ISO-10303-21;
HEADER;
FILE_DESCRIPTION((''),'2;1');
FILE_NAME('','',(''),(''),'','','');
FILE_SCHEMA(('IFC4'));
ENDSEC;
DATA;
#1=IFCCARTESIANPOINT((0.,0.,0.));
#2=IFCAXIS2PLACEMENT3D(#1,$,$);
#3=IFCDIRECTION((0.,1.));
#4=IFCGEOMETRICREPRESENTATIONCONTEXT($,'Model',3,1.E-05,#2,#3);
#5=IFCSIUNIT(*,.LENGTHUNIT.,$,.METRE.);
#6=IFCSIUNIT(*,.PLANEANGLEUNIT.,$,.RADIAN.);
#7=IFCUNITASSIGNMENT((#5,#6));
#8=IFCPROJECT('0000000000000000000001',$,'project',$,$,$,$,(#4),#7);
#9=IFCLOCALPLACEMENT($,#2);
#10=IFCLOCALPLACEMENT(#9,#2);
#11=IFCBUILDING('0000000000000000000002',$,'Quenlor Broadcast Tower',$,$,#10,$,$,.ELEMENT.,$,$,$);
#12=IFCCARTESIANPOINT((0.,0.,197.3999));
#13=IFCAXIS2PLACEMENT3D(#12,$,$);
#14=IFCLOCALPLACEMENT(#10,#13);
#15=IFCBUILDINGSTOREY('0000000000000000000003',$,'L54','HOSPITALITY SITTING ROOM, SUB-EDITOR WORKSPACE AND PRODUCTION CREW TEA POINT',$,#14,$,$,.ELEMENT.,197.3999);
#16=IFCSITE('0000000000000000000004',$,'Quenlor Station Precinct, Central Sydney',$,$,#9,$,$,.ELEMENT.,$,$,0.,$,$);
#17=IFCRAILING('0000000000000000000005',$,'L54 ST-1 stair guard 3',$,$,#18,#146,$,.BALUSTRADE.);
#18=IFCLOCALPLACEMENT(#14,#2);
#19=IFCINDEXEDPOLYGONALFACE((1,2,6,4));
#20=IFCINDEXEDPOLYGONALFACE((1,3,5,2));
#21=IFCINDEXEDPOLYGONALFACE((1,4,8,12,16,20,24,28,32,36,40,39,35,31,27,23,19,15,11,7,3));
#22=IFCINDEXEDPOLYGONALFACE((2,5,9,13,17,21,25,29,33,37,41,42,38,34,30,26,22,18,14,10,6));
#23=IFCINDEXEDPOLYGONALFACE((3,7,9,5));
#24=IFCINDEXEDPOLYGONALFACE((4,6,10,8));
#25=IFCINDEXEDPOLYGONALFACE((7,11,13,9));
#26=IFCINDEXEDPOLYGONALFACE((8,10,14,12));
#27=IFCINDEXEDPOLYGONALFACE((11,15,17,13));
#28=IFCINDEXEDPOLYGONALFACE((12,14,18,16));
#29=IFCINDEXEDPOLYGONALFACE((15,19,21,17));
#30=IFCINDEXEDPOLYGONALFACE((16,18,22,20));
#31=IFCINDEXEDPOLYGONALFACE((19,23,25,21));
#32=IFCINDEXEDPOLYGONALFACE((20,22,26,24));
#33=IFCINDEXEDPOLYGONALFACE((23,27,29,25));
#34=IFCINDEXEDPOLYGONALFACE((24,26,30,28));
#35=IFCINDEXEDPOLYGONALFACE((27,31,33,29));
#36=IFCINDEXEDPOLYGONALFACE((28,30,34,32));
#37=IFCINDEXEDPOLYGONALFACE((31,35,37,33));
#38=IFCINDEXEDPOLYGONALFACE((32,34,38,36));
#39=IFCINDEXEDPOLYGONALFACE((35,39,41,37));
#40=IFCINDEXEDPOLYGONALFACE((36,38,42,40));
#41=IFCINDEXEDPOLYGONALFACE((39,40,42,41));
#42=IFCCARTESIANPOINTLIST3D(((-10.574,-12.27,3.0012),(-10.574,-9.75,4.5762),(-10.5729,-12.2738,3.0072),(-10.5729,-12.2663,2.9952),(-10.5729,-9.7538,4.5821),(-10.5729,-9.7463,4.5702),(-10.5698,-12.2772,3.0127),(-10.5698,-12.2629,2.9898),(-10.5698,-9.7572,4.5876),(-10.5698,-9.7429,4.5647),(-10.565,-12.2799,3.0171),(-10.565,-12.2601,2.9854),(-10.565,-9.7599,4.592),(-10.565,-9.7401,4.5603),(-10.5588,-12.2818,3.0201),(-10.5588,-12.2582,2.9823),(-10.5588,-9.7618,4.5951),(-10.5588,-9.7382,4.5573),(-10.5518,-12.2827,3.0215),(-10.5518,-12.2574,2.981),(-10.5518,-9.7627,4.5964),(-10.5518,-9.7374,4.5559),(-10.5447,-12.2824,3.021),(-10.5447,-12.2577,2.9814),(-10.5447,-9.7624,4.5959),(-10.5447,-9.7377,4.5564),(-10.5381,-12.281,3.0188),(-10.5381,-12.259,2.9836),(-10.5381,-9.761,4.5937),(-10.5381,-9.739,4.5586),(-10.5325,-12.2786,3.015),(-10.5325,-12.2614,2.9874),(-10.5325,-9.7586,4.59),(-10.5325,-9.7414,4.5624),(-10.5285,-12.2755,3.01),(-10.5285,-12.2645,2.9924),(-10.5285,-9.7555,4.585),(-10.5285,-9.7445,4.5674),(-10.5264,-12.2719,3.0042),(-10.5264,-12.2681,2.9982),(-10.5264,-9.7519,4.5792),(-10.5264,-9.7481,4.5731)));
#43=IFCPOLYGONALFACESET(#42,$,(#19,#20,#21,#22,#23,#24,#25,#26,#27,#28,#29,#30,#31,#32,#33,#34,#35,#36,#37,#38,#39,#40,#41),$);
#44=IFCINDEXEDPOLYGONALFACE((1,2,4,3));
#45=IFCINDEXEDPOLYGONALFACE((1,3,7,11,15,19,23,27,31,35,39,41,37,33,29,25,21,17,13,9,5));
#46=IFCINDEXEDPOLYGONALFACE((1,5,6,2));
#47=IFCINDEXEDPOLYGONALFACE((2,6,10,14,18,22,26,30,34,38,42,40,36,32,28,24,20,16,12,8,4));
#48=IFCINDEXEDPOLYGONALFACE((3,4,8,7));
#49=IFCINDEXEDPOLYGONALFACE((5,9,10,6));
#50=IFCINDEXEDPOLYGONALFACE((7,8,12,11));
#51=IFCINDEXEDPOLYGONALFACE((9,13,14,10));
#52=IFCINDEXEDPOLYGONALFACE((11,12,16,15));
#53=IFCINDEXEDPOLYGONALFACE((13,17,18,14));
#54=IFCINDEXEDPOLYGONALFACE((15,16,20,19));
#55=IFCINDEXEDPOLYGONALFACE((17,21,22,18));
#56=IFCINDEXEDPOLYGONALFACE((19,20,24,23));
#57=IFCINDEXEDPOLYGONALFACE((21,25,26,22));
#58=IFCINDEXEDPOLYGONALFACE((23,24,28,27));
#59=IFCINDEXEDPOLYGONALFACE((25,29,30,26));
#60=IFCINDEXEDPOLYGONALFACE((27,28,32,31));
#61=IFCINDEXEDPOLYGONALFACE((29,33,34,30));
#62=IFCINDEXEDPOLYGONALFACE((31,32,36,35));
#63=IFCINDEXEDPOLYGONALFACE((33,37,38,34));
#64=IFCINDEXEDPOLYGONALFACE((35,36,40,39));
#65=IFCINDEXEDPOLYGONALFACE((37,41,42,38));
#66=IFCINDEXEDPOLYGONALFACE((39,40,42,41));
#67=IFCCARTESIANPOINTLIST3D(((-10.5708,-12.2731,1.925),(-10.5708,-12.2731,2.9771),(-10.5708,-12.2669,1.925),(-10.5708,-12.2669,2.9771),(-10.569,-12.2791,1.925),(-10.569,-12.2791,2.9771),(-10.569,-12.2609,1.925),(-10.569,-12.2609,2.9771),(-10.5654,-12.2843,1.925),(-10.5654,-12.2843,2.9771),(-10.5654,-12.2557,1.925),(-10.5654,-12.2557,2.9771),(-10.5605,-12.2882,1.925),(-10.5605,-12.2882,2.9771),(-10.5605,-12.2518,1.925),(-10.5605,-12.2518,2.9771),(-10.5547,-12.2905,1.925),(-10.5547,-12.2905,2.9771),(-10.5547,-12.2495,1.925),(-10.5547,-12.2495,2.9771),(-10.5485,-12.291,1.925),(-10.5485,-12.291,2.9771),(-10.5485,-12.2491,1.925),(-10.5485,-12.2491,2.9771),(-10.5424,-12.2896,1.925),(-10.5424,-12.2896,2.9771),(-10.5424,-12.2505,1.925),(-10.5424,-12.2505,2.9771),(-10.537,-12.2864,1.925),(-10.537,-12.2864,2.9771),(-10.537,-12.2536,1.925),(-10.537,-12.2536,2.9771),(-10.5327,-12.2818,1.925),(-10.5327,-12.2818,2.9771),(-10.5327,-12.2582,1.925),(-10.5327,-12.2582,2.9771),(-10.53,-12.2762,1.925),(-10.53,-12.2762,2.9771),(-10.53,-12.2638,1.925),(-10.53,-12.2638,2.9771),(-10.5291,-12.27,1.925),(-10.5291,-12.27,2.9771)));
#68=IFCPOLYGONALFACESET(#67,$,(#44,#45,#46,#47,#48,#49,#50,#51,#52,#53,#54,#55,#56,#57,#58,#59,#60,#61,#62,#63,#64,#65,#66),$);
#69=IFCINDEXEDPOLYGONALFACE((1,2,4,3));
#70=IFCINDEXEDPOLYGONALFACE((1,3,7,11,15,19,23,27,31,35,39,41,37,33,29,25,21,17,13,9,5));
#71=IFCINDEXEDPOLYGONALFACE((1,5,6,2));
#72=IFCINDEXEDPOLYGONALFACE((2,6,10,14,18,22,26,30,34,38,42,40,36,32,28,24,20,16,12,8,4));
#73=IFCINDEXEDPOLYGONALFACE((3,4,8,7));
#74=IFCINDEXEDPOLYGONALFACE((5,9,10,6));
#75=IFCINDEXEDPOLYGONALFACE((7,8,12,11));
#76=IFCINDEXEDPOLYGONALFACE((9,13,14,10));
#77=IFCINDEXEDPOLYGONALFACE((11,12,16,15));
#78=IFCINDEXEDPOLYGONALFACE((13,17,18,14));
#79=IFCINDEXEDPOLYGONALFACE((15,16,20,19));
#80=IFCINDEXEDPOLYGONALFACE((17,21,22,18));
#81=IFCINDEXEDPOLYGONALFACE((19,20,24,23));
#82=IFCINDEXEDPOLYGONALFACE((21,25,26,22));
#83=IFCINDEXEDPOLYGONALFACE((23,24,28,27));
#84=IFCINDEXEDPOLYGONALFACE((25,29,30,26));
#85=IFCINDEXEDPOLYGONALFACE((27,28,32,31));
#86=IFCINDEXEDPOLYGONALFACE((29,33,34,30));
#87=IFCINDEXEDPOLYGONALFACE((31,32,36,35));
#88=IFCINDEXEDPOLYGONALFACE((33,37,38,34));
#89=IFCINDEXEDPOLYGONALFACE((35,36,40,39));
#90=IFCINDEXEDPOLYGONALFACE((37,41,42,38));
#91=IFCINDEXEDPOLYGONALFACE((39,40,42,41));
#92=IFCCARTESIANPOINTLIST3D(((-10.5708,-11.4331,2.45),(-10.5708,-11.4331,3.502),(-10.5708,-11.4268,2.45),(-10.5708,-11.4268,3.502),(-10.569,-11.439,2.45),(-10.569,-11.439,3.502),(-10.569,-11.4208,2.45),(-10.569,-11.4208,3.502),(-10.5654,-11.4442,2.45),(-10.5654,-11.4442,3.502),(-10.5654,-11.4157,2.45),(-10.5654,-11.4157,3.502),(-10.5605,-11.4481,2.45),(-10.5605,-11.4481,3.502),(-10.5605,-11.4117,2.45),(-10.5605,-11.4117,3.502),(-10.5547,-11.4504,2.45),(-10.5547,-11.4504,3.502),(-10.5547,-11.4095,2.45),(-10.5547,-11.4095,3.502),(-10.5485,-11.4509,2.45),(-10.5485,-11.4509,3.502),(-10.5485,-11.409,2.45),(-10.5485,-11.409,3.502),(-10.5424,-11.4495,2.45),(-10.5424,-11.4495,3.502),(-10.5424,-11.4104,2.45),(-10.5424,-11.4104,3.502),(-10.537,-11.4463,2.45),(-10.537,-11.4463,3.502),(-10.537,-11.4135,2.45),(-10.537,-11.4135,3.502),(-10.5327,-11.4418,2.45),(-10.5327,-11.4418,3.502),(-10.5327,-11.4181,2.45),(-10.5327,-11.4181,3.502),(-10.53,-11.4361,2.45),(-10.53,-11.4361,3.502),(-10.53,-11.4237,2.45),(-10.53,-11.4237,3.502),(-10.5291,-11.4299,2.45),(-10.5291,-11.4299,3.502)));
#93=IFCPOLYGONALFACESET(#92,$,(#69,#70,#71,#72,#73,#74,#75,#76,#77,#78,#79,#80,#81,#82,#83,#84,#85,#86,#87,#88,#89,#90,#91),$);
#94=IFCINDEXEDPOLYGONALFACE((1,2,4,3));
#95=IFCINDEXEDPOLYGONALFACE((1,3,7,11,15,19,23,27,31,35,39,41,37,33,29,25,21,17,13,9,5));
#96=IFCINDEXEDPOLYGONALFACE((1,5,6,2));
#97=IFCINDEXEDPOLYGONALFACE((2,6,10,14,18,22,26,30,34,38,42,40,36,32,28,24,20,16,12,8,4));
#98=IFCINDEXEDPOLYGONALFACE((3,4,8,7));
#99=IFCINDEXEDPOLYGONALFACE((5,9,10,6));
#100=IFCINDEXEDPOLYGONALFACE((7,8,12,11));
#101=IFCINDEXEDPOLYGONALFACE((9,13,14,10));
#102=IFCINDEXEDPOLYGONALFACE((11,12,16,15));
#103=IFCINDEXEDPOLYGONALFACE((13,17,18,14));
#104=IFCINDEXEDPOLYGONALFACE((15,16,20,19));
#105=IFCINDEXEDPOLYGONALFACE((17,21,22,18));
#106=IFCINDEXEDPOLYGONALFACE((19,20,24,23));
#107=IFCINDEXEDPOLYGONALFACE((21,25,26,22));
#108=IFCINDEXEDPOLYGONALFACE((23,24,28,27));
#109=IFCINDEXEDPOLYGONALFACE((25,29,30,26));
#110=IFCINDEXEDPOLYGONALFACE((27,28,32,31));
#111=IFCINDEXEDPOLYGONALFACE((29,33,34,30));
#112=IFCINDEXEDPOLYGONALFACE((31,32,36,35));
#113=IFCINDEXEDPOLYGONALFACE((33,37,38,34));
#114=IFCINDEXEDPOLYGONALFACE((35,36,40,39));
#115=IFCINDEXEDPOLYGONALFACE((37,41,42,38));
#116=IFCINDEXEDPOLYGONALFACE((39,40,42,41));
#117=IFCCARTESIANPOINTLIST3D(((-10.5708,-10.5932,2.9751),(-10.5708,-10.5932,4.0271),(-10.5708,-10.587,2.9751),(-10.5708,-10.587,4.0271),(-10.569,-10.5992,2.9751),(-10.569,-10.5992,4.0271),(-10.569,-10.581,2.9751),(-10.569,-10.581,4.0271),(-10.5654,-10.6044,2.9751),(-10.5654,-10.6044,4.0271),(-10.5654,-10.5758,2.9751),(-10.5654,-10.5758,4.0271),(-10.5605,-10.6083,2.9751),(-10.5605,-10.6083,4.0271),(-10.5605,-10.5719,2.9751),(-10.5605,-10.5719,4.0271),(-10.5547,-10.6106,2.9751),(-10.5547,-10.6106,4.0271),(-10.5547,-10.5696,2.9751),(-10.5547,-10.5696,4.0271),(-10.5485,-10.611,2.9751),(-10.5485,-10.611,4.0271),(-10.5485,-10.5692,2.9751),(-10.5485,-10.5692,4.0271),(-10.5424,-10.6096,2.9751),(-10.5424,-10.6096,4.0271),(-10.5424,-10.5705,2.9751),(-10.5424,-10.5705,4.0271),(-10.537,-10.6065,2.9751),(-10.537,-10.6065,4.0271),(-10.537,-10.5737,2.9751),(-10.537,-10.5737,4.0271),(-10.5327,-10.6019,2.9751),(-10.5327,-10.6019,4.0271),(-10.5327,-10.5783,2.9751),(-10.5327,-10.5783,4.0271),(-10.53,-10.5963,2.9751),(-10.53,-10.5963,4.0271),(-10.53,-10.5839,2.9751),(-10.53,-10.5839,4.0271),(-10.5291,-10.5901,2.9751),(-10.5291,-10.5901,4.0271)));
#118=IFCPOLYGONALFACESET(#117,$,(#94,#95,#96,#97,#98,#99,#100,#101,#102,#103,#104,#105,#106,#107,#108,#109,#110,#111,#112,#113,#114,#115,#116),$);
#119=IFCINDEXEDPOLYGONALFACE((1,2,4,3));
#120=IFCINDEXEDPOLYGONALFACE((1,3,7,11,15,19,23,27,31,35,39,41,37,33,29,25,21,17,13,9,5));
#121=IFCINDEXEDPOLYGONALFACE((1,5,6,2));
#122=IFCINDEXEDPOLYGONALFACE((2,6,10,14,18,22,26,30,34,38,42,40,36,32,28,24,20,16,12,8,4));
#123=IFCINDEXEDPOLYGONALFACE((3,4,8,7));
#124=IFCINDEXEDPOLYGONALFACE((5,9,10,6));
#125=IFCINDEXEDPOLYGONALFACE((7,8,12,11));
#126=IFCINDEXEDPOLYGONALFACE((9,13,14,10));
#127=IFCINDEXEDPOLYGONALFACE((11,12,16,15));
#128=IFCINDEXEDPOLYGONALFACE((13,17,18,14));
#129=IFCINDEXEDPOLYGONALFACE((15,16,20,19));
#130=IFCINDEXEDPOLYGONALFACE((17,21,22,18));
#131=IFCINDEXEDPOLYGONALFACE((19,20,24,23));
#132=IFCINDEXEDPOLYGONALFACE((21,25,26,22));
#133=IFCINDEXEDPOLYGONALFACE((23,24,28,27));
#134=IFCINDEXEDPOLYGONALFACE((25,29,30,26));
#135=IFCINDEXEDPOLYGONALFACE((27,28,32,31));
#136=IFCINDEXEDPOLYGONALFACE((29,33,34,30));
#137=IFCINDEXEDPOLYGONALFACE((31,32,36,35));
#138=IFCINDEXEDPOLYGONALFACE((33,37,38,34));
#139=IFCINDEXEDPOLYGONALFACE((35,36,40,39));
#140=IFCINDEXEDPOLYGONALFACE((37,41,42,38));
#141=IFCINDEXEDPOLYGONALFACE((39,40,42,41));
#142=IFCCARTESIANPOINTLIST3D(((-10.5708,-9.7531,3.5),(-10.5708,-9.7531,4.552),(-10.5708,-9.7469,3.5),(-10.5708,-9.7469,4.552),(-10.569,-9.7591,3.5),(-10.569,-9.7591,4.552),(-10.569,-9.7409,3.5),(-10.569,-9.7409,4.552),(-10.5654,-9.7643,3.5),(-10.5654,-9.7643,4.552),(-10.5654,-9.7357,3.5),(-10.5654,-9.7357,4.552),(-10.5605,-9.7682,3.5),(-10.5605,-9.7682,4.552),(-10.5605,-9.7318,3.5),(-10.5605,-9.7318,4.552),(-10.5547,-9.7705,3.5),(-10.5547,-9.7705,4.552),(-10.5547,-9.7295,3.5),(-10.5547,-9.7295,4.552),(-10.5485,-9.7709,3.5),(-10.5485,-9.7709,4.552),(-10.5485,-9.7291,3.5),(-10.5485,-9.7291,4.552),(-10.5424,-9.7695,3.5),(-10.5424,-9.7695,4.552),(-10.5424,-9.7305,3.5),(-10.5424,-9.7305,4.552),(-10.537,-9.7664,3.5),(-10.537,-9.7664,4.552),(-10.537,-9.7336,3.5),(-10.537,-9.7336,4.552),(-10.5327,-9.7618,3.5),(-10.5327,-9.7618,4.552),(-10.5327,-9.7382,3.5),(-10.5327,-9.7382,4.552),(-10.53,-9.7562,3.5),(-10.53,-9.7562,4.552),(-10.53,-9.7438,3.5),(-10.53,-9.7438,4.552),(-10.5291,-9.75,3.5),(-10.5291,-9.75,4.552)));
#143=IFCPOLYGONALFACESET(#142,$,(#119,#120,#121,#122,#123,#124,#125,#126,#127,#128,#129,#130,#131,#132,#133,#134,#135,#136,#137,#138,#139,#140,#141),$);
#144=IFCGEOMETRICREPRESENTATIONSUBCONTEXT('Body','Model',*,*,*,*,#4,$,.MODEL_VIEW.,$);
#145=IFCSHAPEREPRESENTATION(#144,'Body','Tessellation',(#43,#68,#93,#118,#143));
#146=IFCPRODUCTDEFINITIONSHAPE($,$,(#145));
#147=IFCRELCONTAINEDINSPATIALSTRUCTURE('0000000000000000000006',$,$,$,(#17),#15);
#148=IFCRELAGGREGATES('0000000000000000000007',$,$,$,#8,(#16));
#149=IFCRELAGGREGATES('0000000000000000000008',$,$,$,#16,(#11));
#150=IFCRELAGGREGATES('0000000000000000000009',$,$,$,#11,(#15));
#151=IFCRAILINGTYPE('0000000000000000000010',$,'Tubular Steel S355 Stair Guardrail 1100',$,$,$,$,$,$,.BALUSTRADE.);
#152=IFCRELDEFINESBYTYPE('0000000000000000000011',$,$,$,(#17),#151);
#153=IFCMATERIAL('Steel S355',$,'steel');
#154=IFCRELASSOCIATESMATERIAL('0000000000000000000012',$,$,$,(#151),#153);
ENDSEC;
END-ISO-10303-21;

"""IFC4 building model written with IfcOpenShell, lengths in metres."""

from ifc_helpers import new_model, si_unit, direction, frame, origin, origin_2d, place, context, subcontext, project, spatial, circle, extrude, material, type_object, element, save


model = new_model("IFC4")

# Units and contexts
model_context = context("Model", 3, precision=1e-05, world=origin(), true_north=direction((0.0, 1.0)))
body_context = subcontext(model_context, "Body", "Model", "MODEL_VIEW")
ifc_project = project(units=[si_unit("LENGTHUNIT", "METRE"), si_unit("PLANEANGLEUNIT", "RADIAN")], contexts=[model_context])

# Site, building, storey
site_placement = place(None, origin())
site = spatial("IfcSite", under=ifc_project, at=site_placement, Name="Quenlor Station Precinct, Central Sydney", CompositionType="ELEMENT", RefElevation=0.0)
building_placement = place(site_placement, origin())
building = spatial("IfcBuilding", under=site, at=building_placement, Name="Quenlor Broadcast Tower", CompositionType="ELEMENT")
storey_placement = place(building_placement, frame((0.0, 0.0, 197.3999)))
storey = spatial("IfcBuildingStorey", under=building, at=storey_placement, Name="L54", Description="HOSPITALITY SITTING ROOM, SUB-EDITOR WORKSPACE AND PRODUCTION CREW TEA POINT", CompositionType="ELEMENT", Elevation=197.3999)

# Railing
ifc_material_1 = material(Name="Steel S355", Category="steel")
railing_type_1 = type_object("IfcRailingType", Name="Tubular Steel S355 Stair Guardrail 1100", PredefinedType="BALUSTRADE", material=ifc_material_1)
railing_1_placement = place(storey_placement, frame((-10.55, -12.27, 1.925)))
element("IfcRailing", 1, at=railing_1_placement, inside=storey, type_object=railing_type_1, Name="L54 ST-1 stair guard 3", PredefinedType="BALUSTRADE", context=body_context, shape_type="SweptSolid", body=[
    extrude(circle(Radius=0.0239, at=origin_2d()), frame((0.0, 0.0, 1.0762), z_axis=(0.0, 0.848008, 0.529984), x_axis=(-1.0, 0.0, 0.0)), (0.0, 0.0, 1.0), 2.9717),
    extrude(circle(Radius=0.021, at=origin_2d()), origin(), (0.0, 0.0, 1.0), 1.052),
    extrude(circle(Radius=0.021, at=origin_2d()), frame((0.0, 0.8401, 0.5249)), (0.0, 0.0, 1.0), 1.052),
    extrude(circle(Radius=0.021, at=origin_2d()), frame((0.0, 1.6799, 1.05)), (0.0, 0.0, 1.0), 1.052),
    extrude(circle(Radius=0.021, at=origin_2d()), frame((0.0, 2.52, 1.575)), (0.0, 0.0, 1.0), 1.052),
])

save(model, "model.ifc")
